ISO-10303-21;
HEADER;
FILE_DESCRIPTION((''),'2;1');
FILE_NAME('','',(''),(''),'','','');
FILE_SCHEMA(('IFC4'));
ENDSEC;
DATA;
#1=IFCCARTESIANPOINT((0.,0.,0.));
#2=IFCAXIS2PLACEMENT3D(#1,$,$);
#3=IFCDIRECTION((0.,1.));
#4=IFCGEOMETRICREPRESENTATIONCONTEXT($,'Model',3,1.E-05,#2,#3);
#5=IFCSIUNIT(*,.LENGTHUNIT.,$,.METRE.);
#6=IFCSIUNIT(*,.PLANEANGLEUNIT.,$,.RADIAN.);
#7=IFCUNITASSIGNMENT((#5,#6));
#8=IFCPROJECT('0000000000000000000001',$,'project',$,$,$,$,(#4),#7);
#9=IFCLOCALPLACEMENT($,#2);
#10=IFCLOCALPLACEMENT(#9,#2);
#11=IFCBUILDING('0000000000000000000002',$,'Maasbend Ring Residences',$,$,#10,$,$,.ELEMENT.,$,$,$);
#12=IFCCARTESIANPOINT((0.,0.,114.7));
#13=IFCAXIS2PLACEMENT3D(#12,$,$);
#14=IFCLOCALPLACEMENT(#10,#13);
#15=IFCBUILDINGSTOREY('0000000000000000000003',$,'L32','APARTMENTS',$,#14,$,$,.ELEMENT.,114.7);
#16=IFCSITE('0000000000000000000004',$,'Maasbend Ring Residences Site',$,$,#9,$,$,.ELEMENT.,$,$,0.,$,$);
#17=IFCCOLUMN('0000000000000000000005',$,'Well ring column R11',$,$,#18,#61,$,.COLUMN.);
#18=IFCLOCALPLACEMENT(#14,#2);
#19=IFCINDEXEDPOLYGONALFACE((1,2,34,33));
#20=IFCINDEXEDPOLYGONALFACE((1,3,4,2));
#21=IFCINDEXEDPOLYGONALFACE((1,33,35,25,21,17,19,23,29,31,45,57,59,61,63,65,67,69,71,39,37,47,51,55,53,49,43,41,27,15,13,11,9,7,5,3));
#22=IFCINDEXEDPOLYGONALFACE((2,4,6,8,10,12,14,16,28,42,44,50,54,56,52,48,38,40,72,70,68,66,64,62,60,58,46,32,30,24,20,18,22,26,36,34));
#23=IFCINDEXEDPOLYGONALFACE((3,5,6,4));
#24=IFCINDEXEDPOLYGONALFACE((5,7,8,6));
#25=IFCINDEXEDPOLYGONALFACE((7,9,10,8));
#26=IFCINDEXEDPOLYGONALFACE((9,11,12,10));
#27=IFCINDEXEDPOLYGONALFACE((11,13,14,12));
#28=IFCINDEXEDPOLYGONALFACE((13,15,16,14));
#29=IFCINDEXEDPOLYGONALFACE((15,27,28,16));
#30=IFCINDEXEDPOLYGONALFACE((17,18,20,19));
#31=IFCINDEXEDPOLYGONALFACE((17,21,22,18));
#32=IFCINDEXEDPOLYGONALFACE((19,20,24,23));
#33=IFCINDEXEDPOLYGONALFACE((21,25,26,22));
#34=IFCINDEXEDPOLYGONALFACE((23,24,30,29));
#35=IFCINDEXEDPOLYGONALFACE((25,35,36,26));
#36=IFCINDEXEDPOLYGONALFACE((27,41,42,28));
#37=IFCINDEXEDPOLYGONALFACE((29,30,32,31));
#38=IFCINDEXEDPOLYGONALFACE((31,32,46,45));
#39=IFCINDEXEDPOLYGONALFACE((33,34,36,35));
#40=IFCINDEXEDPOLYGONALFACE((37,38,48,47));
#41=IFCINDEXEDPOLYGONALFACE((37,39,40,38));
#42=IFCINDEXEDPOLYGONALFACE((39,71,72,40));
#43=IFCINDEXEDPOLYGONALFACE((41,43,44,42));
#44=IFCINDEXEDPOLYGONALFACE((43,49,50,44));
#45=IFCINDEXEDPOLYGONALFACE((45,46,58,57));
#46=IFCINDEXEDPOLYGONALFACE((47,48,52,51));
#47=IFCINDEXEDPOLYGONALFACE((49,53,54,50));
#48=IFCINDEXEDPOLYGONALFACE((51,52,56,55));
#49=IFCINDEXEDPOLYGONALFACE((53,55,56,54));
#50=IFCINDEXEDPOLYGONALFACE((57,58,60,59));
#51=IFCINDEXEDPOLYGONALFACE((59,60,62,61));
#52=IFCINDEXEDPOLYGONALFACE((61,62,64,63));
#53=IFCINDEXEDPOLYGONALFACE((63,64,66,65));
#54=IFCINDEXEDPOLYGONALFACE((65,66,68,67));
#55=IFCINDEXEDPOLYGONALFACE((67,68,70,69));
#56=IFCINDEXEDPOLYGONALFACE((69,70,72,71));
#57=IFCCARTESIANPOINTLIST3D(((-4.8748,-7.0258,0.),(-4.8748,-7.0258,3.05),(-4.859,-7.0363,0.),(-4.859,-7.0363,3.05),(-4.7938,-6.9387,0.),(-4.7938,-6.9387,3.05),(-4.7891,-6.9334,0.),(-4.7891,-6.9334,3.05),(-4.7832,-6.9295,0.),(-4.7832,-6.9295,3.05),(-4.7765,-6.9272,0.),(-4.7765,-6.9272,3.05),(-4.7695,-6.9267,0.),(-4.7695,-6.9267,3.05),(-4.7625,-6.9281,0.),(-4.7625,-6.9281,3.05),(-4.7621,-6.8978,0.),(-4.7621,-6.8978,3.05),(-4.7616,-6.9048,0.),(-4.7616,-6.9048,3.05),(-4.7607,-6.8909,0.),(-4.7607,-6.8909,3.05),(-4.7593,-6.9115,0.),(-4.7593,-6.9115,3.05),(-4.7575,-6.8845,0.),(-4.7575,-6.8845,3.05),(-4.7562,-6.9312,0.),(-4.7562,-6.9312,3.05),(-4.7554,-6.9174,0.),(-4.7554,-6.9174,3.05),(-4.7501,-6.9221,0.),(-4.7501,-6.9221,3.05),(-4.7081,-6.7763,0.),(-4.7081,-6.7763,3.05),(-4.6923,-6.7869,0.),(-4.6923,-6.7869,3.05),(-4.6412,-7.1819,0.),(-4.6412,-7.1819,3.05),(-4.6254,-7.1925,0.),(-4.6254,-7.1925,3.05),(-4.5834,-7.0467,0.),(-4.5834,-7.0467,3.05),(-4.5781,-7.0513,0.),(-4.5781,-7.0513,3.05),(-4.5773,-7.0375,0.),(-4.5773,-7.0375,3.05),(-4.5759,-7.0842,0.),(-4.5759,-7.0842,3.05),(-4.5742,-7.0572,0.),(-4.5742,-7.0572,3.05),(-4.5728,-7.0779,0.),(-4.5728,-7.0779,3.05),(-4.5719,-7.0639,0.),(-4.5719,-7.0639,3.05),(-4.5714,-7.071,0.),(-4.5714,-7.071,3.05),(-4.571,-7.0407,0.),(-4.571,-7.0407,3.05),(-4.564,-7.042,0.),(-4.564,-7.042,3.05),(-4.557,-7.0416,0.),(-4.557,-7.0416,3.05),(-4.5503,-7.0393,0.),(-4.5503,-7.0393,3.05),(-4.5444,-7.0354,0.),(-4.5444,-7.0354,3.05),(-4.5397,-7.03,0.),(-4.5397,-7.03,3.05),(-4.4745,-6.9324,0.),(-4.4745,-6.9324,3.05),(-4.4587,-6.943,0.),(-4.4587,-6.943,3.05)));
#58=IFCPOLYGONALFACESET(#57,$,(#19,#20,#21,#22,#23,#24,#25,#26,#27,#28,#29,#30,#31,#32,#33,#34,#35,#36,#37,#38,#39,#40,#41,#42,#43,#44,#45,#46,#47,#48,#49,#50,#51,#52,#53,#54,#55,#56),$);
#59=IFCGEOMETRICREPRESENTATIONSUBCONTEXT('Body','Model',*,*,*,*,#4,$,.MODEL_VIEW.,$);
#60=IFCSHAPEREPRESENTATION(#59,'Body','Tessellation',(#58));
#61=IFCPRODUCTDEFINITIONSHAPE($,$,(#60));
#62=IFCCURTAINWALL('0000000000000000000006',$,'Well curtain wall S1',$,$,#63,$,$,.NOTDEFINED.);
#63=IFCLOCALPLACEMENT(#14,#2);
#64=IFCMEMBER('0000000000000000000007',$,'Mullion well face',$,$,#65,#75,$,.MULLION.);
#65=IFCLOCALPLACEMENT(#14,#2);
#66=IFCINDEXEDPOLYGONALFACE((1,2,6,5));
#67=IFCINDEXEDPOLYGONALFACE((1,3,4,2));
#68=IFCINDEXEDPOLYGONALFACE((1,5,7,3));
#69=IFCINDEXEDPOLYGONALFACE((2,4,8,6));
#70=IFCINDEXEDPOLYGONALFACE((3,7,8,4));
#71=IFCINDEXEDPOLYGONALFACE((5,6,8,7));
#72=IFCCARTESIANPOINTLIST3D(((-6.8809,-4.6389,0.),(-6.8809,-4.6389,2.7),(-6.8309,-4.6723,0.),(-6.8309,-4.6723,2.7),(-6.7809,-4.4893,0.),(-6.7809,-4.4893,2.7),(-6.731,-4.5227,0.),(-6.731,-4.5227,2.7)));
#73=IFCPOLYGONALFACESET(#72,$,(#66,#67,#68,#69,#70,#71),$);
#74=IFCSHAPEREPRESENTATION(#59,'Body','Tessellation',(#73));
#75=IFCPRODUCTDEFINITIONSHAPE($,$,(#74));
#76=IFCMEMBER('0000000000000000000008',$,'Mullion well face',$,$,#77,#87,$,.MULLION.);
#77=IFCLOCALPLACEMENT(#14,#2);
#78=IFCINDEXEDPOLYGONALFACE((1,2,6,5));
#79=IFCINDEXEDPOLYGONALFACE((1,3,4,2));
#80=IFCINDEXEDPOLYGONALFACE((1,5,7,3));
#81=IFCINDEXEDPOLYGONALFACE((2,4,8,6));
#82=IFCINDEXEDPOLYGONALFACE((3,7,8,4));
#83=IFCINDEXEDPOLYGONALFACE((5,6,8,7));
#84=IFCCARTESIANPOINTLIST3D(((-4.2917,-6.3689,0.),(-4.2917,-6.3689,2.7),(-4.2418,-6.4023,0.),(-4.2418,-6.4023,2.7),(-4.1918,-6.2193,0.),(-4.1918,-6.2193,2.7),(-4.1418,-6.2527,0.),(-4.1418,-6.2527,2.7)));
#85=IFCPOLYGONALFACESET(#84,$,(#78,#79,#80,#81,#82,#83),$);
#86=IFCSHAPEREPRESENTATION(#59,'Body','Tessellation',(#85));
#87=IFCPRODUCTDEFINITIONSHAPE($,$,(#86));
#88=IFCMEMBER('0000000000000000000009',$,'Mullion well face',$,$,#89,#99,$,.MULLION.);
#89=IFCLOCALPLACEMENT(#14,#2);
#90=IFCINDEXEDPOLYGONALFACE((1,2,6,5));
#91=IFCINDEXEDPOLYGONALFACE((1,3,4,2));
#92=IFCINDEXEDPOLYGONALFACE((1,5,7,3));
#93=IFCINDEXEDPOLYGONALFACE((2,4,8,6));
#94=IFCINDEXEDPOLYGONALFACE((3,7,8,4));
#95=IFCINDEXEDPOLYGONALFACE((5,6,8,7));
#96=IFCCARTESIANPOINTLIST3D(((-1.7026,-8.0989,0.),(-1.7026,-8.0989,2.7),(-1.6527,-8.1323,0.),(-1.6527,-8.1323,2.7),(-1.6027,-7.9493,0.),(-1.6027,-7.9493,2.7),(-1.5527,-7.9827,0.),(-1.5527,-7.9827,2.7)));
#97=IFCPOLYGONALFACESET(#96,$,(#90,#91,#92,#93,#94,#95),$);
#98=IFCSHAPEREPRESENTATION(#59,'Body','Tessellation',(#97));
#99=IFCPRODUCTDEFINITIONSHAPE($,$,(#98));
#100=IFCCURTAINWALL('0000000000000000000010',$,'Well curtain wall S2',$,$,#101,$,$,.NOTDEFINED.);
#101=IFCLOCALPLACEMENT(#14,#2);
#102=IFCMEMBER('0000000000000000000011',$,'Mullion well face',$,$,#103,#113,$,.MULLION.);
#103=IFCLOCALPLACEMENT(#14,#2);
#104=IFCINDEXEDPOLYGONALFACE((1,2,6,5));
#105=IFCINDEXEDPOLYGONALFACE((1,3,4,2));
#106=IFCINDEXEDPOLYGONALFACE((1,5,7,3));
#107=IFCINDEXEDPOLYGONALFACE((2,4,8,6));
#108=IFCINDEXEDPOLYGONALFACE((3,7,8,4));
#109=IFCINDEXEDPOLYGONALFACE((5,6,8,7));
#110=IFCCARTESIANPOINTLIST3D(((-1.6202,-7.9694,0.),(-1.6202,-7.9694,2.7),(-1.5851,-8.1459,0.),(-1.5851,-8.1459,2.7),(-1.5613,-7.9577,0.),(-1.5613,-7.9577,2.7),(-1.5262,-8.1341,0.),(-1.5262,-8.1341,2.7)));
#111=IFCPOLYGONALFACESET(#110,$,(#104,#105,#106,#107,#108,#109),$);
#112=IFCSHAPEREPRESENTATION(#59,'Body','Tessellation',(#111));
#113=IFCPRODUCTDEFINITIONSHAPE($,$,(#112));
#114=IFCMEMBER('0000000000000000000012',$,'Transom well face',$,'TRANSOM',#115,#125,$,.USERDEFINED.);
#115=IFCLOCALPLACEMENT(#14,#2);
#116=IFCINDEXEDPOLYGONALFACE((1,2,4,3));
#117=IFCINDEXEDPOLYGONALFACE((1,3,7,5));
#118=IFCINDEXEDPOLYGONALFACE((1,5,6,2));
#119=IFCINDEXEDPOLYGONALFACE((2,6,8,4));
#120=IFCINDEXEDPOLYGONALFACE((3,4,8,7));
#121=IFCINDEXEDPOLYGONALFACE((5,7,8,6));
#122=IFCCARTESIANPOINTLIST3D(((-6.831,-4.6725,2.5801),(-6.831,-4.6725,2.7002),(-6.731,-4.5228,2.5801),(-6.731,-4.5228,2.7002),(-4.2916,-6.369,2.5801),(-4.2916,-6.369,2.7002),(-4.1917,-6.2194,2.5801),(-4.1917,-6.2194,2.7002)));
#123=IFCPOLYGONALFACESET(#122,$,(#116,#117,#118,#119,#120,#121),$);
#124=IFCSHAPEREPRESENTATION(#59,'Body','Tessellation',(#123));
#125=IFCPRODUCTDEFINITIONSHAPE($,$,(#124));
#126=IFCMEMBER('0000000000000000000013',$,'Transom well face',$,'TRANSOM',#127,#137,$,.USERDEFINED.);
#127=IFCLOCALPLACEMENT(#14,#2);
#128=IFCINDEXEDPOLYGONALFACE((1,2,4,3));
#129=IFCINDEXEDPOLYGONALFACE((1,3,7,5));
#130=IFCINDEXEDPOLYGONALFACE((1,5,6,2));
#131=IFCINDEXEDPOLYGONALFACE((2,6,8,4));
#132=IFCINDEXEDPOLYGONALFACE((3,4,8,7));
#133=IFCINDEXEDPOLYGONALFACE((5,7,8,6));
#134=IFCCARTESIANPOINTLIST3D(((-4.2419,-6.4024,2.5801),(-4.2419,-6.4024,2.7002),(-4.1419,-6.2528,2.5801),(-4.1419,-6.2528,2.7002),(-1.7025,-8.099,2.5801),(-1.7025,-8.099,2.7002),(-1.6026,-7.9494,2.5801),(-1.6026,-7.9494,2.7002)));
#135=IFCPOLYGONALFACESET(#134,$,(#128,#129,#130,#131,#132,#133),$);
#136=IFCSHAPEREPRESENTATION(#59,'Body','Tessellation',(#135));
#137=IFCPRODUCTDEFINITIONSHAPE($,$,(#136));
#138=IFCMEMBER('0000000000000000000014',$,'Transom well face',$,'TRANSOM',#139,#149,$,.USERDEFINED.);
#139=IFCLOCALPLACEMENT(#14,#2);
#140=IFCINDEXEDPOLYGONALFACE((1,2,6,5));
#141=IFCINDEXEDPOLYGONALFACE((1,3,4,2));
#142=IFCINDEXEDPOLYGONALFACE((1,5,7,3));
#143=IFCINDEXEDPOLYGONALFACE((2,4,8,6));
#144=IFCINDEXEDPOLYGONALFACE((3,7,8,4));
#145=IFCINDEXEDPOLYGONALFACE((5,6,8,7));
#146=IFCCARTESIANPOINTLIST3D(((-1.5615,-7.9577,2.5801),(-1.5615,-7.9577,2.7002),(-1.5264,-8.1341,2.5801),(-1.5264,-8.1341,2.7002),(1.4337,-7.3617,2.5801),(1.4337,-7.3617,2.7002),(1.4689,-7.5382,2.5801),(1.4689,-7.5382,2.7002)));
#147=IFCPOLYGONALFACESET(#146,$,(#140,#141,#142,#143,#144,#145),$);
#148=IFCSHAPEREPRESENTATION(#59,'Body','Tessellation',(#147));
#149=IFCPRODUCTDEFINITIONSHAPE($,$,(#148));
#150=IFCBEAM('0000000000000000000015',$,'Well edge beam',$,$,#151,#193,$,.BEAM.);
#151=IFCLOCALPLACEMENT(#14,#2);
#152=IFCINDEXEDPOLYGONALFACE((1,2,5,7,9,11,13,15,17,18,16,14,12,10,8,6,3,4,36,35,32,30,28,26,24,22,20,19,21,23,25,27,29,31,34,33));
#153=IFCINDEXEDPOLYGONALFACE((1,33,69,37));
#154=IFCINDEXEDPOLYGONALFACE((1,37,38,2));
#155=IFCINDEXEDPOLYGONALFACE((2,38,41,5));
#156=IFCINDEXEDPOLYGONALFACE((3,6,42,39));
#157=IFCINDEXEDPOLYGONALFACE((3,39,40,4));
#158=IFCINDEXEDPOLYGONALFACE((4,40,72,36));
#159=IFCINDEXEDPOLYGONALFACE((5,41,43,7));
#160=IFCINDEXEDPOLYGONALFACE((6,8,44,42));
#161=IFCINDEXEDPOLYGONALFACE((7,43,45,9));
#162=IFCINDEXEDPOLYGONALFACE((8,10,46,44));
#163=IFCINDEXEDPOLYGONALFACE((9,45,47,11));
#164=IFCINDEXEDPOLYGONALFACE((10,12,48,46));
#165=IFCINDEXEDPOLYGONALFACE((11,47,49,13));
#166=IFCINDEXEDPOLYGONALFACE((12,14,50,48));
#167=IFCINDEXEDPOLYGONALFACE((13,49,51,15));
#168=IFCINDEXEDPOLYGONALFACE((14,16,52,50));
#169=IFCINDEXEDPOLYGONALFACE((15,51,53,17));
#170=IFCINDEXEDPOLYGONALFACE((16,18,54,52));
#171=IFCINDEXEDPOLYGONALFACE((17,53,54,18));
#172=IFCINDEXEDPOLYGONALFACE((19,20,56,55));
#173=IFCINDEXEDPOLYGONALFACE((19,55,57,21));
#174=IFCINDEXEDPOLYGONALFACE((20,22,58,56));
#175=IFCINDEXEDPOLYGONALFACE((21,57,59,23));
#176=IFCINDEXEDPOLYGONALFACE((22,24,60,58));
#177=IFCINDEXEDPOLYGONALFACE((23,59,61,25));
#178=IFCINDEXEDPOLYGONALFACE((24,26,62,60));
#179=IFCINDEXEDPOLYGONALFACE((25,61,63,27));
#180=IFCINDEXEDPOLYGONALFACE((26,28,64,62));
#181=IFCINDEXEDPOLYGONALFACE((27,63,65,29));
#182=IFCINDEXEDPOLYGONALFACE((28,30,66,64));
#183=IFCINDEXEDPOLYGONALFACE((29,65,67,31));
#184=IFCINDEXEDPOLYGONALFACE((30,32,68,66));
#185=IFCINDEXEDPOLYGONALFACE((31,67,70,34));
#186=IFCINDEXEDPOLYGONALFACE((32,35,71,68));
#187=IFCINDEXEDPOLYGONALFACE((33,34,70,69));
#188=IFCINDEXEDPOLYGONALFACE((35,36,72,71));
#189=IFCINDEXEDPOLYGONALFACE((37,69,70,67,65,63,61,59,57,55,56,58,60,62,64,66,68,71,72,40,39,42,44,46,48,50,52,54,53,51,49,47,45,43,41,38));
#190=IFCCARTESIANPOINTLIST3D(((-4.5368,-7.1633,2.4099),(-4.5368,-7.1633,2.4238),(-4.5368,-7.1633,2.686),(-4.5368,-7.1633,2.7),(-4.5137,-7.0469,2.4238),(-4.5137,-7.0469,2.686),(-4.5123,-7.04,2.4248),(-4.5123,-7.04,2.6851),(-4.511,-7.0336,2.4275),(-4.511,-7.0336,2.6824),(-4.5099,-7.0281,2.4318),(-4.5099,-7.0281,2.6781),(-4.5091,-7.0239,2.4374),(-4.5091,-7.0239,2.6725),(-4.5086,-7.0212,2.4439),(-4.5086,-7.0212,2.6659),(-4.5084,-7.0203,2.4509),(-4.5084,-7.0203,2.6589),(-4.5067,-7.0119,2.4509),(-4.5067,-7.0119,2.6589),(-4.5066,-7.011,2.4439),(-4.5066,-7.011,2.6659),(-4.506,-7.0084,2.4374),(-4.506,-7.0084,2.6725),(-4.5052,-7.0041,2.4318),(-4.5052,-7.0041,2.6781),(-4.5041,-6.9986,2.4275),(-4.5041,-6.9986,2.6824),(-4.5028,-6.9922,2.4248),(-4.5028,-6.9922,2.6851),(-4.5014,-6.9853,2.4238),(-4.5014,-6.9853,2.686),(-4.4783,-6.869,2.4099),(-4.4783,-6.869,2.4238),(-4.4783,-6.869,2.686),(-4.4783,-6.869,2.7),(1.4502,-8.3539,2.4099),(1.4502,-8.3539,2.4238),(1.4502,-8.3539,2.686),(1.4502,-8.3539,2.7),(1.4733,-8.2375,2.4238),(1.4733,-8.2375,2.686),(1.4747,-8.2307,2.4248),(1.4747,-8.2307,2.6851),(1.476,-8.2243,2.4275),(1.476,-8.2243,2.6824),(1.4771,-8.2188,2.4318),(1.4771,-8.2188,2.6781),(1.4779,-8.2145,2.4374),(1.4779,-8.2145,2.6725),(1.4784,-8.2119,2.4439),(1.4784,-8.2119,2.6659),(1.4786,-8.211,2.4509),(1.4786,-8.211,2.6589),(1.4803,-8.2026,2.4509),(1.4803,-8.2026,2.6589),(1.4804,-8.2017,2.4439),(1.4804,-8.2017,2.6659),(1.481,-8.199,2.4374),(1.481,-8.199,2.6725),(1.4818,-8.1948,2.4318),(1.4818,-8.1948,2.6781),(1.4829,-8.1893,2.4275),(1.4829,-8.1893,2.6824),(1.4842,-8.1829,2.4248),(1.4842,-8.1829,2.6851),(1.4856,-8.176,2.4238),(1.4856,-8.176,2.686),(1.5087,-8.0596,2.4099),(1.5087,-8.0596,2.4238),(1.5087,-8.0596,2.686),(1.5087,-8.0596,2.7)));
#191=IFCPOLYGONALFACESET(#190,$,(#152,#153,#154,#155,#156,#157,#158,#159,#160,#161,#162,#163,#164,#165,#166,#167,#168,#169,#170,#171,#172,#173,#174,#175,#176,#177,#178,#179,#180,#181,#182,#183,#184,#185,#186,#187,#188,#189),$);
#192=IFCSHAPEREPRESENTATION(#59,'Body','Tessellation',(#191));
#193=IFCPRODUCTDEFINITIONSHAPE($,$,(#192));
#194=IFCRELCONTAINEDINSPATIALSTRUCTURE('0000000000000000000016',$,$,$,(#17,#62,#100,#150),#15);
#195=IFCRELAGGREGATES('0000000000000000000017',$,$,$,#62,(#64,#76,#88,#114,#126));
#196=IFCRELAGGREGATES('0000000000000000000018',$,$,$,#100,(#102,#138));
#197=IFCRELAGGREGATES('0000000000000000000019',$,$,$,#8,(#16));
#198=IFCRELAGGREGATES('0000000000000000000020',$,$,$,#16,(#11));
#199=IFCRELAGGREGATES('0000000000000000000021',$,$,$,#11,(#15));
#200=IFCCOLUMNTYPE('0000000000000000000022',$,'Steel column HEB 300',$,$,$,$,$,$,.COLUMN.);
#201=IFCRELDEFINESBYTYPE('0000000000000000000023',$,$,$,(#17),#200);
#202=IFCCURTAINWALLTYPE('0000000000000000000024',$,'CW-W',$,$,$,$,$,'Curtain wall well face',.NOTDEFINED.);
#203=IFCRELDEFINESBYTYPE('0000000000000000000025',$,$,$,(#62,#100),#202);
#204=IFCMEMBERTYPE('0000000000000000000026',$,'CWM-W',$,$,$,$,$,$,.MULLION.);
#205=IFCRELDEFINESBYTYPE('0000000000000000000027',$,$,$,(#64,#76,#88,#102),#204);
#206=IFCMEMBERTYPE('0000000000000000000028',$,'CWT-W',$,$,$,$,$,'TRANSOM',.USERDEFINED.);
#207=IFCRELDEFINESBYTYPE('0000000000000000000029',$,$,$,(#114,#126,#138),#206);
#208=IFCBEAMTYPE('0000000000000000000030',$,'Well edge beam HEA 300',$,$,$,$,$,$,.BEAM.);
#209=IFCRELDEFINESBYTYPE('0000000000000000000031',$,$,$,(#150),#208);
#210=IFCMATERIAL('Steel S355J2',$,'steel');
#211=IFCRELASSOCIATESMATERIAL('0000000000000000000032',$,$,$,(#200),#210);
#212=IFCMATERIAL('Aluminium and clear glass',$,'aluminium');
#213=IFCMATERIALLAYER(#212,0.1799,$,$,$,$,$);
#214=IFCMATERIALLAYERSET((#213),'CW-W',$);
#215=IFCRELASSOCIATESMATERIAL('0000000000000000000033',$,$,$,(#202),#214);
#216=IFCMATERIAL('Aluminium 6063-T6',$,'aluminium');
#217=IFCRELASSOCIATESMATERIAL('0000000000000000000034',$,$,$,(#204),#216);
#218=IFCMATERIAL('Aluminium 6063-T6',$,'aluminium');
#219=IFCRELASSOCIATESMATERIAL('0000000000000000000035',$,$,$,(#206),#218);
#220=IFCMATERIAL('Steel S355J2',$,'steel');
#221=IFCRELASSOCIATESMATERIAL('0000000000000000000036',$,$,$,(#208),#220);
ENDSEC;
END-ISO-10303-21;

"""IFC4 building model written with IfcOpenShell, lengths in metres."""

from ifc_helpers import new_model, si_unit, direction, frame, origin, origin_2d, place, context, subcontext, project, spatial, rectangle, i_section, extrude, material, layer, layer_set, material_profile, profile_set, type_object, element, aggregate, save


model = new_model("IFC4")

# Units and contexts
model_context = context("Model", 3, precision=1e-05, world=origin(), true_north=direction((0.0, 1.0)))
body_context = subcontext(model_context, "Body", "Model", "MODEL_VIEW")
ifc_project = project(units=[si_unit("LENGTHUNIT", "METRE"), si_unit("PLANEANGLEUNIT", "RADIAN")], contexts=[model_context])

# Site, building, storey
site_placement = place(None, origin())
site = spatial("IfcSite", under=ifc_project, at=site_placement, Name="Maasbend Ring Residences Site", CompositionType="ELEMENT", RefElevation=0.0)
building_placement = place(site_placement, origin())
building = spatial("IfcBuilding", under=site, at=building_placement, Name="Maasbend Ring Residences", CompositionType="ELEMENT")
storey_placement = place(building_placement, frame((0.0, 0.0, 114.7)))
storey = spatial("IfcBuildingStorey", under=building, at=storey_placement, Name="L32", Description="APARTMENTS", CompositionType="ELEMENT", Elevation=114.7)

# Column
ifc_material_1 = material(Name="Steel S355J2", Category="steel")
ifc_material_profile_1 = material_profile(ifc_material_1, i_section(OverallWidth=0.3, OverallDepth=0.3, WebThickness=0.011, FlangeThickness=0.019, FilletRadius=0.0271, at=origin_2d()), Name="HEB 300")
ifc_profile_set_1 = profile_set([ifc_material_profile_1], Name="Steel S355J2")
column_type = type_object("IfcColumnType", Name="Steel column HEB 300", PredefinedType="COLUMN", material=ifc_profile_set_1)
column_placement = place(storey_placement, frame((-4.6667, -6.9844, 0.0), z_axis=(0.0, 0.0, 1.0), x_axis=(-0.55557, -0.83147, 0.0)))
element("IfcColumn", 1, at=column_placement, inside=storey, type_object=column_type, Name="Well ring column R11", PredefinedType="COLUMN", context=body_context, shape_type="SweptSolid", body=[
    extrude(i_section(OverallWidth=0.3, OverallDepth=0.3, WebThickness=0.011, FlangeThickness=0.019, FilletRadius=0.0271, at=origin_2d()), origin(), (0.0, 0.0, 1.0), 3.05),
])

# Curtain wall, members
ifc_material_2 = material(Name="Aluminium and clear glass", Category="aluminium")
ifc_layer_1 = layer(ifc_material_2, 0.1799)
ifc_layer_set_1 = layer_set([ifc_layer_1], Name="CW-W")
curtain_wall_type = type_object("IfcCurtainWallType", Name="CW-W", ElementType="Curtain wall well face", PredefinedType="NOTDEFINED", material=ifc_layer_set_1)
curtain_wall_1_placement = place(storey_placement, origin())
curtain_wall_1 = element("IfcCurtainWall", 2, at=curtain_wall_1_placement, inside=storey, type_object=curtain_wall_type, Name="Well curtain wall S1", PredefinedType="NOTDEFINED")
ifc_material_3 = material(Name="Aluminium 6063-T6", Category="aluminium")
ifc_material_profile_2 = material_profile(ifc_material_3, rectangle(XDim=0.1799, YDim=0.0601, at=origin_2d()), Name="AL 180x60")
ifc_profile_set_2 = profile_set([ifc_material_profile_2], Name="Aluminium 6063-T6")
member_type_1 = type_object("IfcMemberType", Name="CWM-W", PredefinedType="MULLION", material=ifc_profile_set_2)
member_1_placement = place(storey_placement, frame((-6.8059, -4.5808, 0.0), z_axis=(0.0, 0.0, 1.0), x_axis=(0.55557, 0.83147, 0.0)))
member_1 = element("IfcMember", 3, at=member_1_placement, type_object=member_type_1, Name="Mullion well face", PredefinedType="MULLION", context=body_context, shape_type="SweptSolid", body=[
    extrude(rectangle(XDim=0.1799, YDim=0.0601, at=origin_2d()), origin(), (0.0, 0.0, 1.0), 2.7),
])
member_2_placement = place(storey_placement, frame((-4.2168, -6.3108, 0.0), z_axis=(0.0, 0.0, 1.0), x_axis=(0.55557, 0.83147, 0.0)))
member_2 = element("IfcMember", 4, at=member_2_placement, type_object=member_type_1, Name="Mullion well face", PredefinedType="MULLION", context=body_context, shape_type="SweptSolid", body=[
    extrude(rectangle(XDim=0.1799, YDim=0.0601, at=origin_2d()), origin(), (0.0, 0.0, 1.0), 2.7),
])
member_3_placement = place(storey_placement, frame((-1.6277, -8.0408, 0.0), z_axis=(0.0, 0.0, 1.0), x_axis=(0.55557, 0.83147, 0.0)))
member_3 = element("IfcMember", 5, at=member_3_placement, type_object=member_type_1, Name="Mullion well face", PredefinedType="MULLION", context=body_context, shape_type="SweptSolid", body=[
    extrude(rectangle(XDim=0.1799, YDim=0.0601, at=origin_2d()), origin(), (0.0, 0.0, 1.0), 2.7),
])

# Curtain wall, member
curtain_wall_2_placement = place(storey_placement, origin())
curtain_wall_2 = element("IfcCurtainWall", 6, at=curtain_wall_2_placement, inside=storey, type_object=curtain_wall_type, Name="Well curtain wall S2", PredefinedType="NOTDEFINED")
member_4_placement = place(storey_placement, frame((-1.5732, -8.0518, 0.0), z_axis=(0.0, 0.0, 1.0), x_axis=(-0.19509, 0.980785, 0.0)))
member_4 = element("IfcMember", 7, at=member_4_placement, type_object=member_type_1, Name="Mullion well face", PredefinedType="MULLION", context=body_context, shape_type="SweptSolid", body=[
    extrude(rectangle(XDim=0.1799, YDim=0.0601, at=origin_2d()), origin(), (0.0, 0.0, 1.0), 2.7),
])

# Members
ifc_material_4 = material(Name="Aluminium 6063-T6", Category="aluminium")
ifc_material_profile_3 = material_profile(ifc_material_4, rectangle(XDim=0.1799, YDim=0.1201, at=origin_2d()), Name="AL 180x120")
ifc_profile_set_3 = profile_set([ifc_material_profile_3], Name="Aluminium 6063-T6")
member_type_2 = type_object("IfcMemberType", Name="CWT-W", ElementType="TRANSOM", PredefinedType="USERDEFINED", material=ifc_profile_set_3)
member_5_placement = place(storey_placement, frame((-6.781, -4.5977, 2.6401), z_axis=(0.831496, -0.55553, 0.0), x_axis=(0.55553, 0.831496, 0.0)))
member_5 = element("IfcMember", 8, at=member_5_placement, type_object=member_type_2, Name="Transom well face", ObjectType="TRANSOM", PredefinedType="USERDEFINED", context=body_context, shape_type="SweptSolid", body=[
    extrude(rectangle(XDim=0.1799, YDim=0.1201, at=origin_2d()), origin(), (0.0, 0.0, 1.0), 3.054),
])
member_6_placement = place(storey_placement, frame((-4.1919, -6.3276, 2.6401), z_axis=(0.831496, -0.55553, 0.0), x_axis=(0.55553, 0.831496, 0.0)))
member_6 = element("IfcMember", 9, at=member_6_placement, type_object=member_type_2, Name="Transom well face", ObjectType="TRANSOM", PredefinedType="USERDEFINED", context=body_context, shape_type="SweptSolid", body=[
    extrude(rectangle(XDim=0.1799, YDim=0.1201, at=origin_2d()), origin(), (0.0, 0.0, 1.0), 3.054),
])
member_7_placement = place(storey_placement, frame((-1.5439, -8.0459, 2.6401), z_axis=(0.980777, 0.195132, 0.0), x_axis=(-0.195132, 0.980777, 0.0)))
member_7 = element("IfcMember", 10, at=member_7_placement, type_object=member_type_2, Name="Transom well face", ObjectType="TRANSOM", PredefinedType="USERDEFINED", context=body_context, shape_type="SweptSolid", body=[
    extrude(rectangle(XDim=0.1799, YDim=0.1201, at=origin_2d()), origin(), (0.0, 0.0, 1.0), 3.054),
])

# Beam
ifc_material_5 = material(Name="Steel S355J2", Category="steel")
ifc_material_profile_4 = material_profile(ifc_material_5, i_section(OverallWidth=0.3, OverallDepth=0.29, WebThickness=0.0085, FlangeThickness=0.0139, FilletRadius=0.0271, at=origin_2d()), Name="HEA 300")
ifc_profile_set_4 = profile_set([ifc_material_profile_4], Name="Steel S355J2")
beam_type = type_object("IfcBeamType", Name="Well edge beam HEA 300", PredefinedType="BEAM", material=ifc_profile_set_4)
beam_placement = place(storey_placement, frame((-4.5076, -7.0161, 2.5549), z_axis=(0.980792, -0.195055, 0.0), x_axis=(0.195055, 0.980792, 0.0)))
element("IfcBeam", 11, at=beam_placement, inside=storey, type_object=beam_type, Name="Well edge beam", PredefinedType="BEAM", context=body_context, shape_type="SweptSolid", body=[
    extrude(i_section(OverallWidth=0.3, OverallDepth=0.29, WebThickness=0.0085, FlangeThickness=0.0139, FilletRadius=0.0271, at=origin_2d()), origin(), (0.0, 0.0, 1.0), 6.1042),
])

aggregate(curtain_wall_1, [member_1, member_2, member_3, member_5, member_6])
aggregate(curtain_wall_2, [member_4, member_7])

save(model, "model.ifc")
